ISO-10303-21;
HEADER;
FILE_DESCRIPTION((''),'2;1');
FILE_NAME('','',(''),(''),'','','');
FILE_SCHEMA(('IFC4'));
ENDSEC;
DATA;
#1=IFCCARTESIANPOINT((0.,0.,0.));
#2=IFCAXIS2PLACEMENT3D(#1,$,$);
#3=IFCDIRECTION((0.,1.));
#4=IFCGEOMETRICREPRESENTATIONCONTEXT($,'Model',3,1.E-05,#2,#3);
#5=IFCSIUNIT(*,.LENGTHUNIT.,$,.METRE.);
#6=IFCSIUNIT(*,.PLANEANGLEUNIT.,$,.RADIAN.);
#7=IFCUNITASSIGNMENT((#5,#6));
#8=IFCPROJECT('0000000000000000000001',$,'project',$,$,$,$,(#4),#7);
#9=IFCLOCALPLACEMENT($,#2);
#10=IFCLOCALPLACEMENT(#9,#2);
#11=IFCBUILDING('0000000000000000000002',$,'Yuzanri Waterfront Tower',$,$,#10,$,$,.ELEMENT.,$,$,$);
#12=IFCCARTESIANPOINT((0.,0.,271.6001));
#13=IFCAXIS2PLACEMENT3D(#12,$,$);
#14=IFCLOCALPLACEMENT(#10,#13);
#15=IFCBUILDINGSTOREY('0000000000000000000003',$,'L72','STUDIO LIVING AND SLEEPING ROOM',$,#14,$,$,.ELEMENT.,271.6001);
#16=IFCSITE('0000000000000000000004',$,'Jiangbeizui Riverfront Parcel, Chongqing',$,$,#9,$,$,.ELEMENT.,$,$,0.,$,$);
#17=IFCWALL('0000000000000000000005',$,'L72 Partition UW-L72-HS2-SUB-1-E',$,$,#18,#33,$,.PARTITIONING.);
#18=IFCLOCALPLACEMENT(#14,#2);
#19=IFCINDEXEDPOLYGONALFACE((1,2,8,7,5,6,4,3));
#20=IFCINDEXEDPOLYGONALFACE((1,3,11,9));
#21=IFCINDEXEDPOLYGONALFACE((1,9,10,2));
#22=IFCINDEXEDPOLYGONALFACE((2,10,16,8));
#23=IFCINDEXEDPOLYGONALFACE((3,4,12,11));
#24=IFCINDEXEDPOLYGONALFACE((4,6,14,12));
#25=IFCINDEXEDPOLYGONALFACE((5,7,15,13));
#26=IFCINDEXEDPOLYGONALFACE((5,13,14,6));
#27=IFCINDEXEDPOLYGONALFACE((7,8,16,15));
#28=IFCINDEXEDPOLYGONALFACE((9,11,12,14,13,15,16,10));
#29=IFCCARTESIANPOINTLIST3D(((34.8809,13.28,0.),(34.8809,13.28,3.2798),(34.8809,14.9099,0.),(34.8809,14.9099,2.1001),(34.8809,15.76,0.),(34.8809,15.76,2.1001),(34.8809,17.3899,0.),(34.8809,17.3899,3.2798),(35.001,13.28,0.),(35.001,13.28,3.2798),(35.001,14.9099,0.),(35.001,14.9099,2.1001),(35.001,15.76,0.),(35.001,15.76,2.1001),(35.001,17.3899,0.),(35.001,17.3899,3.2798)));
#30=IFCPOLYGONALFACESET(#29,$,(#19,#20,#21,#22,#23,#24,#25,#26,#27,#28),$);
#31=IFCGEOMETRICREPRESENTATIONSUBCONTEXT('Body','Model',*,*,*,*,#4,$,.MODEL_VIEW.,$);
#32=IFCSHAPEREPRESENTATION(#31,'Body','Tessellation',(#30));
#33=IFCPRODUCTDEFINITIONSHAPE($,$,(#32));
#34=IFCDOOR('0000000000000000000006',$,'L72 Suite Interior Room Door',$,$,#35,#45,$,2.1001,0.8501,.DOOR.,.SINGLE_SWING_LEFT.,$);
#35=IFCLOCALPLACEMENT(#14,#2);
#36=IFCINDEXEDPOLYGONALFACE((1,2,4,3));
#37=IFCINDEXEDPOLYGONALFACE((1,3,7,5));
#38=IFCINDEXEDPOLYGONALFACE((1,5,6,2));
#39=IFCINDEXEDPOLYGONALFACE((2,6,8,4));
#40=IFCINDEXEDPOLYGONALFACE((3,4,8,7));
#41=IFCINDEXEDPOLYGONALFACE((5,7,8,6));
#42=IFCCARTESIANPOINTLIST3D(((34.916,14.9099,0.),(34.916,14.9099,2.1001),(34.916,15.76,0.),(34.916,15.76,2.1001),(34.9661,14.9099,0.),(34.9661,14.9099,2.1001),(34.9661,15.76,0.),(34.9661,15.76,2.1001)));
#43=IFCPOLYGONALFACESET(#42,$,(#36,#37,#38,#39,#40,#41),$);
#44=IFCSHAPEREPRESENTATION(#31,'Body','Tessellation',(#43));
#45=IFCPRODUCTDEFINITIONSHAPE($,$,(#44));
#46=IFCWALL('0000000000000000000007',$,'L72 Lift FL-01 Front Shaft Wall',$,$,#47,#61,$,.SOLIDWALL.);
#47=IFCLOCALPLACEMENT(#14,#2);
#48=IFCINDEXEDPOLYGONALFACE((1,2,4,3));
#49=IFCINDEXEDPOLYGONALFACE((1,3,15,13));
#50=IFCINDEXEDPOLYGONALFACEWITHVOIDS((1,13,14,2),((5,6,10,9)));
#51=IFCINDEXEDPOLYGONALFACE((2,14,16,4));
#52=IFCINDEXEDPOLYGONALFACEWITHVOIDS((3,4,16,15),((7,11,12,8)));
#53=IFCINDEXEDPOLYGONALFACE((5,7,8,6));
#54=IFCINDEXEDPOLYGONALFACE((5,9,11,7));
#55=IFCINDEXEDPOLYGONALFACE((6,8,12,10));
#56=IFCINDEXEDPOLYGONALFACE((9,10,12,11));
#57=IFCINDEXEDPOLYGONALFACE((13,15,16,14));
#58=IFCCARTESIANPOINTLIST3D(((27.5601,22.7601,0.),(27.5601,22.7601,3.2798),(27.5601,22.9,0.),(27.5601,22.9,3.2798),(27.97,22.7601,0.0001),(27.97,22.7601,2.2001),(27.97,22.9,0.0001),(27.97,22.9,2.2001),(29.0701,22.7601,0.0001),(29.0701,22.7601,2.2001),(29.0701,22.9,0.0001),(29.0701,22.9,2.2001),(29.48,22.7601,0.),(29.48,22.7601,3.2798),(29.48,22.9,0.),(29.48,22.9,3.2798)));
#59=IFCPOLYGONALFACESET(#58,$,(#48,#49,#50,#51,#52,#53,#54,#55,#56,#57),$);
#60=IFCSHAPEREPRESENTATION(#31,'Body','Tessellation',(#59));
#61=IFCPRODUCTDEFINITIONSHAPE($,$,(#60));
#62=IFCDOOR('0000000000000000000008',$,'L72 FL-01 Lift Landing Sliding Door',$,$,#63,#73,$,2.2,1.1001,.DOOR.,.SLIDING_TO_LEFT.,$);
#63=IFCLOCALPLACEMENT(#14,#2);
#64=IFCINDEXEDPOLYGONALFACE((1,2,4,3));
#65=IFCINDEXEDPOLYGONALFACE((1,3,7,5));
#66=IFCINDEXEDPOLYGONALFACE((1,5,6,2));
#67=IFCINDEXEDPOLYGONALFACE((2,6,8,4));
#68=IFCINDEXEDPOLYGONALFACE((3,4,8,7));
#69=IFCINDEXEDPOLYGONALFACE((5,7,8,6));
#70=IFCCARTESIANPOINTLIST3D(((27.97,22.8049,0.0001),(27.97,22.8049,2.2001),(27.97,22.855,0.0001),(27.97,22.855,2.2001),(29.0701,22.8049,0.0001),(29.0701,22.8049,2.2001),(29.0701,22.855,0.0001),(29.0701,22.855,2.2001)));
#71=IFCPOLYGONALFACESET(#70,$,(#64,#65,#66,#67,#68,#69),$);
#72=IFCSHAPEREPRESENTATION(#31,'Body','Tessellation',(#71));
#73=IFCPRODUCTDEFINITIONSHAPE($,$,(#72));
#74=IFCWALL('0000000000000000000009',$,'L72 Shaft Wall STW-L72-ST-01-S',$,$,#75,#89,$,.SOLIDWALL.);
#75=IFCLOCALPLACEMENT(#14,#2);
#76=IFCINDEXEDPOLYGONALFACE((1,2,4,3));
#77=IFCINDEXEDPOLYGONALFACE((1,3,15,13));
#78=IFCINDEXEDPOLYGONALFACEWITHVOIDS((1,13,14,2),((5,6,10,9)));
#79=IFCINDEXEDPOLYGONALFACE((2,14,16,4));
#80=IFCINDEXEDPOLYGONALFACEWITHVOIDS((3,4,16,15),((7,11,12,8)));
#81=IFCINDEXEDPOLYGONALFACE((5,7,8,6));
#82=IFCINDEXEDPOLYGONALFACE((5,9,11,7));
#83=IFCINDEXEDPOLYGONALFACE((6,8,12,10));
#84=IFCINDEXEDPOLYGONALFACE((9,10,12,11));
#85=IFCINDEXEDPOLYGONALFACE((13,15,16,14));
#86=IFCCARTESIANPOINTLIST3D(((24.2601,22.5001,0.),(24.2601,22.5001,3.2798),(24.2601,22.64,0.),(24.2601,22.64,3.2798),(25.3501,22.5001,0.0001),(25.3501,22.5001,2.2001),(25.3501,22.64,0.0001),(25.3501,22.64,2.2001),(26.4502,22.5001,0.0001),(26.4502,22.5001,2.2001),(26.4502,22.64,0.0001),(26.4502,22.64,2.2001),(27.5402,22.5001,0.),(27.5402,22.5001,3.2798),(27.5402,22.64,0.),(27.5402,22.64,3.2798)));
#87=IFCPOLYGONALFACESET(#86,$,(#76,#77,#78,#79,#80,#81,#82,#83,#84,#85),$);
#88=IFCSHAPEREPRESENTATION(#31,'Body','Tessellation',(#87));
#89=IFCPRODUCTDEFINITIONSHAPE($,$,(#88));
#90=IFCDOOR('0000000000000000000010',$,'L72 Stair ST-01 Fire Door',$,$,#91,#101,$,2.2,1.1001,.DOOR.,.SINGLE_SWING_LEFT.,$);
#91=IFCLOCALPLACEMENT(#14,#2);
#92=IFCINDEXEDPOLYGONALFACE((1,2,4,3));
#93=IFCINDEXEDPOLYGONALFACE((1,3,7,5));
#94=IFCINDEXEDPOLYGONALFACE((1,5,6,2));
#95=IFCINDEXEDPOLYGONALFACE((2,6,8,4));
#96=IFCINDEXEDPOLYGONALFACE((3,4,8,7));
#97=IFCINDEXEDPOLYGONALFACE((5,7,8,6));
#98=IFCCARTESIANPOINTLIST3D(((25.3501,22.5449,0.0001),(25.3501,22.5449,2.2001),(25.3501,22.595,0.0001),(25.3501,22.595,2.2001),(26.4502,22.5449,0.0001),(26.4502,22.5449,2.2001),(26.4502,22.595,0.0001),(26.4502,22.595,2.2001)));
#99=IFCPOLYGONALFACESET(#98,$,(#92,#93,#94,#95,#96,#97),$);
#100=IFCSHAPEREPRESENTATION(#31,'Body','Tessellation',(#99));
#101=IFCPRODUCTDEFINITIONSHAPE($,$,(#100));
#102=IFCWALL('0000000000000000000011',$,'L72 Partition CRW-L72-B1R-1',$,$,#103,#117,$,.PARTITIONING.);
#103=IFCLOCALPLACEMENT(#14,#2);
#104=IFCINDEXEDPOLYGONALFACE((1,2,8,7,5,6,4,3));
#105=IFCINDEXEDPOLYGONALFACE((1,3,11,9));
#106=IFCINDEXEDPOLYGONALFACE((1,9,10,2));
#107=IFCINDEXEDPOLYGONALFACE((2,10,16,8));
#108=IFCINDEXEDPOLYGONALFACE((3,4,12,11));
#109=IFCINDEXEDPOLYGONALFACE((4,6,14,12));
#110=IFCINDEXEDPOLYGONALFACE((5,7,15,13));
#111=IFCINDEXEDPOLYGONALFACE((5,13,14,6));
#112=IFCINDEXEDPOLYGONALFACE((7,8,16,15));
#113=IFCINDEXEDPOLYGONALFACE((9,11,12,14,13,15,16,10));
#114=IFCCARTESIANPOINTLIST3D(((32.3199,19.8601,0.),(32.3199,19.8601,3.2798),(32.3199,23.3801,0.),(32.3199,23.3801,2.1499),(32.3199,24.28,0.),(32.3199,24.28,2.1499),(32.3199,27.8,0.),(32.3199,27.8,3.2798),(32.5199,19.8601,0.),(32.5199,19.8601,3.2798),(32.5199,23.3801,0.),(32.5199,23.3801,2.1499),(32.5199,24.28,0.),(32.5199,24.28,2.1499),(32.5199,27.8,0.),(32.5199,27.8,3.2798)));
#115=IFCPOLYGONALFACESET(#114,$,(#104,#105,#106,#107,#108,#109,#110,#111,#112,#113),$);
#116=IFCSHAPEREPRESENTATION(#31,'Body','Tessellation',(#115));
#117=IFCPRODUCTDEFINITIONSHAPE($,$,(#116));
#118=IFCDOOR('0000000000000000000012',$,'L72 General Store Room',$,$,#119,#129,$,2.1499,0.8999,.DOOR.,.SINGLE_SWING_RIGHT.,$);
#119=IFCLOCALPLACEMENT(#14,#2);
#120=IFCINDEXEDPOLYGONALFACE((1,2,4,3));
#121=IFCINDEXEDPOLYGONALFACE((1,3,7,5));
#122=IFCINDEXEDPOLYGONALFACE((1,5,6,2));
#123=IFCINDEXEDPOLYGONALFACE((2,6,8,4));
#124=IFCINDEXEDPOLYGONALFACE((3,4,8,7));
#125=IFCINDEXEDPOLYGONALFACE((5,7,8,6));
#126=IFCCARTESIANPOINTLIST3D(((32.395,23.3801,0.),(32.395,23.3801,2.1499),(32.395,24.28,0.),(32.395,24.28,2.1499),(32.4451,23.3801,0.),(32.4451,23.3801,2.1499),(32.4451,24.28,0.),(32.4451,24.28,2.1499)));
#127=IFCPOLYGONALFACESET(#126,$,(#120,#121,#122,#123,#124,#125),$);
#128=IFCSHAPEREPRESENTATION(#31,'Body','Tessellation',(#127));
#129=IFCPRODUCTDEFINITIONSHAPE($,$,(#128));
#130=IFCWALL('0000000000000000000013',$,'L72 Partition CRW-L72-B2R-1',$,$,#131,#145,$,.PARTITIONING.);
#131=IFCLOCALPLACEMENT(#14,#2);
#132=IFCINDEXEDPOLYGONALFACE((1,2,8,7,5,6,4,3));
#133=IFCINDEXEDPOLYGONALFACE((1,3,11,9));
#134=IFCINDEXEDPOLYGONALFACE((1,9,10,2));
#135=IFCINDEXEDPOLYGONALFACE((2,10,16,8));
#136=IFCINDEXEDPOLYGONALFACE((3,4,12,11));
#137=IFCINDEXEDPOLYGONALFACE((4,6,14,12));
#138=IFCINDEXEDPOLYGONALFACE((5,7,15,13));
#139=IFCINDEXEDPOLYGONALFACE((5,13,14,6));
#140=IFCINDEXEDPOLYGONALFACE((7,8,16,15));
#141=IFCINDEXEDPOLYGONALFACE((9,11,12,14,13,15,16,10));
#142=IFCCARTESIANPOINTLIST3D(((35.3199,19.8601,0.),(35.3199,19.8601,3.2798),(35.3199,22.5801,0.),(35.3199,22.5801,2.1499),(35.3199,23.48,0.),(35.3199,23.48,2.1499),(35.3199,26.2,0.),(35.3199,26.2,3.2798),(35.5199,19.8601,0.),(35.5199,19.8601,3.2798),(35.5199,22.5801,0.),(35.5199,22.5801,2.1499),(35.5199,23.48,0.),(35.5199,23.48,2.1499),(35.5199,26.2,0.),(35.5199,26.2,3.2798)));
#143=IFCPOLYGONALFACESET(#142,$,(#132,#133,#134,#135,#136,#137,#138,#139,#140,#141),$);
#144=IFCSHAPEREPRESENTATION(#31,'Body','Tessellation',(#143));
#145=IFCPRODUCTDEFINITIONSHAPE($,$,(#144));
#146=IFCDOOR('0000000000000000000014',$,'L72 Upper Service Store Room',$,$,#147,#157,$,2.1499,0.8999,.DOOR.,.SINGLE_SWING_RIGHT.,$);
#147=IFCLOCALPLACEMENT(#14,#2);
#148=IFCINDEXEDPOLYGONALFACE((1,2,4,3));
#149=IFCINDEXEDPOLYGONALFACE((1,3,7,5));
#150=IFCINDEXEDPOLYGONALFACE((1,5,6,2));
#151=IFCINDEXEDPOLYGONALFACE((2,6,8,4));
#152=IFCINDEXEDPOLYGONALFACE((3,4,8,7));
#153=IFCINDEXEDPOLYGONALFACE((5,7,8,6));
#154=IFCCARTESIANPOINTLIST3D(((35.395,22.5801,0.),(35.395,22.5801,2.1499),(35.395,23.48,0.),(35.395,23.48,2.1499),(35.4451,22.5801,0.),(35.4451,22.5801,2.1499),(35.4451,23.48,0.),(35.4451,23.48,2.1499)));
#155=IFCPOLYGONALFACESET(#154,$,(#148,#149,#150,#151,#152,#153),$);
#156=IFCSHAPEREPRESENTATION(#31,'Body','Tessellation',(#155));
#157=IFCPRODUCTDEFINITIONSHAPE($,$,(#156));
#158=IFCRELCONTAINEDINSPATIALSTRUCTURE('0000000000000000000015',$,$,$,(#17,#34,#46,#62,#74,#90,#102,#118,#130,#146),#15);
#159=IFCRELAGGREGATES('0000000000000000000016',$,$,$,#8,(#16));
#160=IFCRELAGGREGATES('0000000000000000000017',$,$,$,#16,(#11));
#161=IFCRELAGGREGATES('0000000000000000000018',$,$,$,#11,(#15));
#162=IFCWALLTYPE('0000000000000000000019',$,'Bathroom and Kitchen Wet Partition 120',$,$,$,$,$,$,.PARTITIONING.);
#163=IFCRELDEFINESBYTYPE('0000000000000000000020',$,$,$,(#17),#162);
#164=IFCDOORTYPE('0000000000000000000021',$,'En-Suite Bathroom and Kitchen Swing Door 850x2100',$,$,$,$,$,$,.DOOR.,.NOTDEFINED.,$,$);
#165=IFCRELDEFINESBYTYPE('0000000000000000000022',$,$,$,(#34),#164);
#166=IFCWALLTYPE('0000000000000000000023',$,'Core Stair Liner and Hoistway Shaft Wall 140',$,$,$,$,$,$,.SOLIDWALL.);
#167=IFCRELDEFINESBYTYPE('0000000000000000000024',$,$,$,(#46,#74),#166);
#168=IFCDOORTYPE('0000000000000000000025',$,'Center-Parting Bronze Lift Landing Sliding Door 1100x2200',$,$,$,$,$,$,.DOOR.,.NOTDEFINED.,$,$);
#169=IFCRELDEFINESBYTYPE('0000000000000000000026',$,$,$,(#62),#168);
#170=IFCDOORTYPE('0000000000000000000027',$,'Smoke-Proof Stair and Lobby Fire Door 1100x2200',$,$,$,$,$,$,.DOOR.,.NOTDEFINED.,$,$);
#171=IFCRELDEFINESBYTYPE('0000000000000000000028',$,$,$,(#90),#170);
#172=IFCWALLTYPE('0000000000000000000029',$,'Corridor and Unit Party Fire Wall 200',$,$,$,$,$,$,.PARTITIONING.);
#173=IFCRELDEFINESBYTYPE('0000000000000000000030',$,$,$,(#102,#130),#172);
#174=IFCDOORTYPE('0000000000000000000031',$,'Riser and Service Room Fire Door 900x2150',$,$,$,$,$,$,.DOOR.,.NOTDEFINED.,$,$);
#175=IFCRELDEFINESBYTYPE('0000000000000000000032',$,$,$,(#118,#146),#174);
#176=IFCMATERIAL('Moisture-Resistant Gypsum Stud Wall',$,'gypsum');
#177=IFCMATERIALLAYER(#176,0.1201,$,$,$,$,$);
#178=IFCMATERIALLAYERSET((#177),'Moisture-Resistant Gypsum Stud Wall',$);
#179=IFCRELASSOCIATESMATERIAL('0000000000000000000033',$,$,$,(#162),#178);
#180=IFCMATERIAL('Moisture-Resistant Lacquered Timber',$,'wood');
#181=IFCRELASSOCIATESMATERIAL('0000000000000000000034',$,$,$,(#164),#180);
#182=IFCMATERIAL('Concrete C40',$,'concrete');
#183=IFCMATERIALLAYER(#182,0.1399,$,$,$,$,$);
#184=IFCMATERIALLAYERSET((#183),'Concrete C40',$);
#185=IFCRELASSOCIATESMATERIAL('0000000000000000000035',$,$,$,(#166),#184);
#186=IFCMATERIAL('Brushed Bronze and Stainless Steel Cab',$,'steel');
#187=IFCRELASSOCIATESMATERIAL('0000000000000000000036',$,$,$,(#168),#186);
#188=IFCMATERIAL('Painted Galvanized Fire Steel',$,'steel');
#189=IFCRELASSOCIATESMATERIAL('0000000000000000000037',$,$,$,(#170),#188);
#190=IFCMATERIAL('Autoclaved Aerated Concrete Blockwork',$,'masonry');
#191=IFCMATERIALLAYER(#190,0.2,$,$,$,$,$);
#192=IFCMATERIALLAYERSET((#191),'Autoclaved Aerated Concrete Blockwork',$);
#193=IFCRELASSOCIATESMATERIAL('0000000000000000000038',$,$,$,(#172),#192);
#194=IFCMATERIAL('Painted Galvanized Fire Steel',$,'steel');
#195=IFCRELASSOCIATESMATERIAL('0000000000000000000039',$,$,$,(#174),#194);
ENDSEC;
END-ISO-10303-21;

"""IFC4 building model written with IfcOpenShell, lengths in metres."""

from ifc_helpers import new_model, si_unit, direction, frame, frame_2d, origin, place, context, subcontext, project, spatial, rectangle, extrude, source, transform, mapped, material, layer, layer_set, type_object, element, fill, save


model = new_model("IFC4")

# Units and contexts
model_context = context("Model", 3, precision=1e-05, world=origin(), true_north=direction((0.0, 1.0)))
body_context = subcontext(model_context, "Body", "Model", "MODEL_VIEW")
ifc_project = project(units=[si_unit("LENGTHUNIT", "METRE"), si_unit("PLANEANGLEUNIT", "RADIAN")], contexts=[model_context])

# Site, building, storey
site_placement = place(None, origin())
site = spatial("IfcSite", under=ifc_project, at=site_placement, Name="Jiangbeizui Riverfront Parcel, Chongqing", CompositionType="ELEMENT", RefElevation=0.0)
building_placement = place(site_placement, origin())
building = spatial("IfcBuilding", under=site, at=building_placement, Name="Yuzanri Waterfront Tower", CompositionType="ELEMENT")
storey_placement = place(building_placement, frame((0.0, 0.0, 271.6001)))
storey = spatial("IfcBuildingStorey", under=building, at=storey_placement, Name="L72", Description="STUDIO LIVING AND SLEEPING ROOM", CompositionType="ELEMENT", Elevation=271.6001)

# Walls, openings, doors
ifc_material_1 = material(Name="Moisture-Resistant Gypsum Stud Wall", Category="gypsum")
ifc_layer_1 = layer(ifc_material_1, 0.1201)
ifc_layer_set_1 = layer_set([ifc_layer_1], Name="Moisture-Resistant Gypsum Stud Wall")
wall_type_1 = type_object("IfcWallType", Name="Bathroom and Kitchen Wet Partition 120", PredefinedType="PARTITIONING", material=ifc_layer_set_1)
ifc_material_2 = material(Name="Moisture-Resistant Lacquered Timber", Category="wood")
door_type_1 = type_object("IfcDoorType", Name="En-Suite Bathroom and Kitchen Swing Door 850x2100", OperationType="NOTDEFINED", PredefinedType="DOOR", material=ifc_material_2)
shared_shape_1 = source(origin(), body_context, "Body", "SweptSolid", [
    extrude(rectangle(XDim=0.8501, YDim=2.1001, at=frame_2d((0.425, 1.05))), frame((0.0, 0.0249, 0.0), z_axis=(0.0, -1.0, 0.0), x_axis=(1.0, 0.0, 0.0)), (0.0, 0.0, 1.0), 0.05),
])
wall_1_placement = place(storey_placement, frame((34.9409, 13.28, 0.0), z_axis=(0.0, 0.0, 1.0), x_axis=(0.0, 1.0, 0.0)))
wall_1 = element("IfcWall", 1, at=wall_1_placement, inside=storey, type_object=wall_type_1, Name="L72 Partition UW-L72-HS2-SUB-1-E", PredefinedType="PARTITIONING", context=body_context, shape_type="SweptSolid", body=[
    extrude(rectangle(XDim=4.1099, YDim=0.1201, at=frame_2d((2.0549, 0.0))), origin(), (0.0, 0.0, 1.0), 3.2798),
])
opening_1_placement = place(wall_1_placement, frame((1.6299, 0.0, 0.0)))
opening_1 = element("IfcOpeningElement", 2, at=opening_1_placement, cuts=wall_1, PredefinedType="OPENING", context=body_context, shape_type="SweptSolid", body=[
    extrude(rectangle(XDim=0.8501, YDim=2.1001, at=frame_2d((0.425, 1.05))), frame((0.0, 0.075, 0.0), z_axis=(0.0, -1.0, 0.0), x_axis=(1.0, 0.0, 0.0)), (0.0, 0.0, 1.0), 0.1499),
])
door_1_placement = place(opening_1_placement, origin())
door_1 = element("IfcDoor", 3, at=door_1_placement, inside=storey, type_object=door_type_1, Name="L72 Suite Interior Room Door", OperationType="SINGLE_SWING_LEFT", OverallHeight=2.1001, OverallWidth=0.8501, PredefinedType="DOOR", context=body_context, shape_type="MappedRepresentation", body=[
    mapped(shared_shape_1, transform((0.0, 0.0, 0.0), scale=1.0)),
])
fill(opening_1, door_1)
ifc_material_3 = material(Name="Concrete C40", Category="concrete")
ifc_layer_2 = layer(ifc_material_3, 0.1399)
ifc_layer_set_2 = layer_set([ifc_layer_2], Name="Concrete C40")
wall_type_2 = type_object("IfcWallType", Name="Core Stair Liner and Hoistway Shaft Wall 140", PredefinedType="SOLIDWALL", material=ifc_layer_set_2)
wall_2_placement = place(storey_placement, frame((27.5601, 22.8301, 0.0), z_axis=(0.0, 0.0, 1.0), x_axis=(1.0, 0.0, 0.0)))
wall_2 = element("IfcWall", 4, at=wall_2_placement, inside=storey, type_object=wall_type_2, Name="L72 Lift FL-01 Front Shaft Wall", PredefinedType="SOLIDWALL", context=body_context, shape_type="SweptSolid", body=[
    extrude(rectangle(XDim=1.9199, YDim=0.1399, at=frame_2d((0.96, 0.0))), origin(), (0.0, 0.0, 1.0), 3.2798),
])
opening_2_placement = place(wall_2_placement, frame((0.4099, 0.0, 0.0)))
opening_2 = element("IfcOpeningElement", 5, at=opening_2_placement, cuts=wall_2, PredefinedType="OPENING", context=body_context, shape_type="SweptSolid", body=[
    extrude(rectangle(XDim=1.1001, YDim=2.2, at=frame_2d((0.55, 1.1001))), frame((0.0, 0.085, 0.0), z_axis=(0.0, -1.0, 0.0), x_axis=(1.0, 0.0, 0.0)), (0.0, 0.0, 1.0), 0.1697),
])
ifc_material_4 = material(Name="Brushed Bronze and Stainless Steel Cab", Category="steel")
door_type_2 = type_object("IfcDoorType", Name="Center-Parting Bronze Lift Landing Sliding Door 1100x2200", OperationType="NOTDEFINED", PredefinedType="DOOR", material=ifc_material_4)
shared_shape_2 = source(origin(), body_context, "Body", "SweptSolid", [
    extrude(rectangle(XDim=1.1001, YDim=2.2, at=frame_2d((0.55, 1.1001))), frame((0.0, 0.0249, 0.0), z_axis=(0.0, -1.0, 0.0), x_axis=(1.0, 0.0, 0.0)), (0.0, 0.0, 1.0), 0.05),
])
door_2_placement = place(opening_2_placement, origin())
door_2 = element("IfcDoor", 6, at=door_2_placement, inside=storey, type_object=door_type_2, Name="L72 FL-01 Lift Landing Sliding Door", OperationType="SLIDING_TO_LEFT", OverallHeight=2.2, OverallWidth=1.1001, PredefinedType="DOOR", context=body_context, shape_type="MappedRepresentation", body=[
    mapped(shared_shape_2, transform((0.0, 0.0, 0.0), scale=1.0)),
])
fill(opening_2, door_2)
wall_3_placement = place(storey_placement, frame((24.26, 22.5701, 0.0), z_axis=(0.0, 0.0, 1.0), x_axis=(1.0, 0.0, 0.0)))
wall_3 = element("IfcWall", 7, at=wall_3_placement, inside=storey, type_object=wall_type_2, Name="L72 Shaft Wall STW-L72-ST-01-S", PredefinedType="SOLIDWALL", context=body_context, shape_type="SweptSolid", body=[
    extrude(rectangle(XDim=3.28, YDim=0.1399, at=frame_2d((1.6401, 0.0))), origin(), (0.0, 0.0, 1.0), 3.2798),
])
opening_3_placement = place(wall_3_placement, frame((1.0901, 0.0, 0.0)))
opening_3 = element("IfcOpeningElement", 8, at=opening_3_placement, cuts=wall_3, PredefinedType="OPENING", context=body_context, shape_type="SweptSolid", body=[
    extrude(rectangle(XDim=1.1001, YDim=2.2, at=frame_2d((0.55, 1.1001))), frame((0.0, 0.085, 0.0), z_axis=(0.0, -1.0, 0.0), x_axis=(1.0, 0.0, 0.0)), (0.0, 0.0, 1.0), 0.1697),
])
ifc_material_5 = material(Name="Painted Galvanized Fire Steel", Category="steel")
door_type_3 = type_object("IfcDoorType", Name="Smoke-Proof Stair and Lobby Fire Door 1100x2200", OperationType="NOTDEFINED", PredefinedType="DOOR", material=ifc_material_5)
shared_shape_3 = source(origin(), body_context, "Body", "SweptSolid", [
    extrude(rectangle(XDim=1.1001, YDim=2.2, at=frame_2d((0.55, 1.1001))), frame((0.0, 0.0249, 0.0), z_axis=(0.0, -1.0, 0.0), x_axis=(1.0, 0.0, 0.0)), (0.0, 0.0, 1.0), 0.05),
])
door_3_placement = place(opening_3_placement, origin())
door_3 = element("IfcDoor", 9, at=door_3_placement, inside=storey, type_object=door_type_3, Name="L72 Stair ST-01 Fire Door", OperationType="SINGLE_SWING_LEFT", OverallHeight=2.2, OverallWidth=1.1001, PredefinedType="DOOR", context=body_context, shape_type="MappedRepresentation", body=[
    mapped(shared_shape_3, transform((0.0, 0.0, 0.0), scale=1.0)),
])
fill(opening_3, door_3)
ifc_material_6 = material(Name="Autoclaved Aerated Concrete Blockwork", Category="masonry")
ifc_layer_3 = layer(ifc_material_6, 0.2)
ifc_layer_set_3 = layer_set([ifc_layer_3], Name="Autoclaved Aerated Concrete Blockwork")
wall_type_3 = type_object("IfcWallType", Name="Corridor and Unit Party Fire Wall 200", PredefinedType="PARTITIONING", material=ifc_layer_set_3)
wall_4_placement = place(storey_placement, frame((32.4199, 19.8601, 0.0), z_axis=(0.0, 0.0, 1.0), x_axis=(0.0, 1.0, 0.0)))
wall_4 = element("IfcWall", 10, at=wall_4_placement, inside=storey, type_object=wall_type_3, Name="L72 Partition CRW-L72-B1R-1", PredefinedType="PARTITIONING", context=body_context, shape_type="SweptSolid", body=[
    extrude(rectangle(XDim=7.9399, YDim=0.2, at=frame_2d((3.97, 0.0))), origin(), (0.0, 0.0, 1.0), 3.2798),
])
opening_4_placement = place(wall_4_placement, frame((3.52, 0.0, 0.0)))
opening_4 = element("IfcOpeningElement", 11, at=opening_4_placement, cuts=wall_4, PredefinedType="OPENING", context=body_context, shape_type="SweptSolid", body=[
    extrude(rectangle(XDim=0.8999, YDim=2.1499, at=frame_2d((0.45, 1.075))), frame((0.0, 0.1147, 0.0), z_axis=(0.0, -1.0, 0.0), x_axis=(1.0, 0.0, 0.0)), (0.0, 0.0, 1.0), 0.2297),
])
ifc_material_7 = material(Name="Painted Galvanized Fire Steel", Category="steel")
door_type_4 = type_object("IfcDoorType", Name="Riser and Service Room Fire Door 900x2150", OperationType="NOTDEFINED", PredefinedType="DOOR", material=ifc_material_7)
shared_shape_4 = source(origin(), body_context, "Body", "SweptSolid", [
    extrude(rectangle(XDim=0.8999, YDim=2.1499, at=frame_2d((0.45, 1.075))), frame((0.0, 0.0249, 0.0), z_axis=(0.0, -1.0, 0.0), x_axis=(1.0, 0.0, 0.0)), (0.0, 0.0, 1.0), 0.05),
])
door_4_placement = place(opening_4_placement, origin())
door_4 = element("IfcDoor", 12, at=door_4_placement, inside=storey, type_object=door_type_4, Name="L72 General Store Room", OperationType="SINGLE_SWING_RIGHT", OverallHeight=2.1499, OverallWidth=0.8999, PredefinedType="DOOR", context=body_context, shape_type="MappedRepresentation", body=[
    mapped(shared_shape_4, transform((0.0, 0.0, 0.0), scale=1.0)),
])
fill(opening_4, door_4)
wall_5_placement = place(storey_placement, frame((35.4199, 19.8601, 0.0), z_axis=(0.0, 0.0, 1.0), x_axis=(0.0, 1.0, 0.0)))
wall_5 = element("IfcWall", 13, at=wall_5_placement, inside=storey, type_object=wall_type_3, Name="L72 Partition CRW-L72-B2R-1", PredefinedType="PARTITIONING", context=body_context, shape_type="SweptSolid", body=[
    extrude(rectangle(XDim=6.3398, YDim=0.2, at=frame_2d((3.1699, 0.0))), origin(), (0.0, 0.0, 1.0), 3.2798),
])
opening_5_placement = place(wall_5_placement, frame((2.72, 0.0, 0.0)))
opening_5 = element("IfcOpeningElement", 14, at=opening_5_placement, cuts=wall_5, PredefinedType="OPENING", context=body_context, shape_type="SweptSolid", body=[
    extrude(rectangle(XDim=0.8999, YDim=2.1499, at=frame_2d((0.45, 1.075))), frame((0.0, 0.1147, 0.0), z_axis=(0.0, -1.0, 0.0), x_axis=(1.0, 0.0, 0.0)), (0.0, 0.0, 1.0), 0.2297),
])
door_5_placement = place(opening_5_placement, origin())
door_5 = element("IfcDoor", 15, at=door_5_placement, inside=storey, type_object=door_type_4, Name="L72 Upper Service Store Room", OperationType="SINGLE_SWING_RIGHT", OverallHeight=2.1499, OverallWidth=0.8999, PredefinedType="DOOR", context=body_context, shape_type="MappedRepresentation", body=[
    mapped(shared_shape_4, transform((0.0, 0.0, 0.0), scale=1.0)),
])
fill(opening_5, door_5)

save(model, "model.ifc")
